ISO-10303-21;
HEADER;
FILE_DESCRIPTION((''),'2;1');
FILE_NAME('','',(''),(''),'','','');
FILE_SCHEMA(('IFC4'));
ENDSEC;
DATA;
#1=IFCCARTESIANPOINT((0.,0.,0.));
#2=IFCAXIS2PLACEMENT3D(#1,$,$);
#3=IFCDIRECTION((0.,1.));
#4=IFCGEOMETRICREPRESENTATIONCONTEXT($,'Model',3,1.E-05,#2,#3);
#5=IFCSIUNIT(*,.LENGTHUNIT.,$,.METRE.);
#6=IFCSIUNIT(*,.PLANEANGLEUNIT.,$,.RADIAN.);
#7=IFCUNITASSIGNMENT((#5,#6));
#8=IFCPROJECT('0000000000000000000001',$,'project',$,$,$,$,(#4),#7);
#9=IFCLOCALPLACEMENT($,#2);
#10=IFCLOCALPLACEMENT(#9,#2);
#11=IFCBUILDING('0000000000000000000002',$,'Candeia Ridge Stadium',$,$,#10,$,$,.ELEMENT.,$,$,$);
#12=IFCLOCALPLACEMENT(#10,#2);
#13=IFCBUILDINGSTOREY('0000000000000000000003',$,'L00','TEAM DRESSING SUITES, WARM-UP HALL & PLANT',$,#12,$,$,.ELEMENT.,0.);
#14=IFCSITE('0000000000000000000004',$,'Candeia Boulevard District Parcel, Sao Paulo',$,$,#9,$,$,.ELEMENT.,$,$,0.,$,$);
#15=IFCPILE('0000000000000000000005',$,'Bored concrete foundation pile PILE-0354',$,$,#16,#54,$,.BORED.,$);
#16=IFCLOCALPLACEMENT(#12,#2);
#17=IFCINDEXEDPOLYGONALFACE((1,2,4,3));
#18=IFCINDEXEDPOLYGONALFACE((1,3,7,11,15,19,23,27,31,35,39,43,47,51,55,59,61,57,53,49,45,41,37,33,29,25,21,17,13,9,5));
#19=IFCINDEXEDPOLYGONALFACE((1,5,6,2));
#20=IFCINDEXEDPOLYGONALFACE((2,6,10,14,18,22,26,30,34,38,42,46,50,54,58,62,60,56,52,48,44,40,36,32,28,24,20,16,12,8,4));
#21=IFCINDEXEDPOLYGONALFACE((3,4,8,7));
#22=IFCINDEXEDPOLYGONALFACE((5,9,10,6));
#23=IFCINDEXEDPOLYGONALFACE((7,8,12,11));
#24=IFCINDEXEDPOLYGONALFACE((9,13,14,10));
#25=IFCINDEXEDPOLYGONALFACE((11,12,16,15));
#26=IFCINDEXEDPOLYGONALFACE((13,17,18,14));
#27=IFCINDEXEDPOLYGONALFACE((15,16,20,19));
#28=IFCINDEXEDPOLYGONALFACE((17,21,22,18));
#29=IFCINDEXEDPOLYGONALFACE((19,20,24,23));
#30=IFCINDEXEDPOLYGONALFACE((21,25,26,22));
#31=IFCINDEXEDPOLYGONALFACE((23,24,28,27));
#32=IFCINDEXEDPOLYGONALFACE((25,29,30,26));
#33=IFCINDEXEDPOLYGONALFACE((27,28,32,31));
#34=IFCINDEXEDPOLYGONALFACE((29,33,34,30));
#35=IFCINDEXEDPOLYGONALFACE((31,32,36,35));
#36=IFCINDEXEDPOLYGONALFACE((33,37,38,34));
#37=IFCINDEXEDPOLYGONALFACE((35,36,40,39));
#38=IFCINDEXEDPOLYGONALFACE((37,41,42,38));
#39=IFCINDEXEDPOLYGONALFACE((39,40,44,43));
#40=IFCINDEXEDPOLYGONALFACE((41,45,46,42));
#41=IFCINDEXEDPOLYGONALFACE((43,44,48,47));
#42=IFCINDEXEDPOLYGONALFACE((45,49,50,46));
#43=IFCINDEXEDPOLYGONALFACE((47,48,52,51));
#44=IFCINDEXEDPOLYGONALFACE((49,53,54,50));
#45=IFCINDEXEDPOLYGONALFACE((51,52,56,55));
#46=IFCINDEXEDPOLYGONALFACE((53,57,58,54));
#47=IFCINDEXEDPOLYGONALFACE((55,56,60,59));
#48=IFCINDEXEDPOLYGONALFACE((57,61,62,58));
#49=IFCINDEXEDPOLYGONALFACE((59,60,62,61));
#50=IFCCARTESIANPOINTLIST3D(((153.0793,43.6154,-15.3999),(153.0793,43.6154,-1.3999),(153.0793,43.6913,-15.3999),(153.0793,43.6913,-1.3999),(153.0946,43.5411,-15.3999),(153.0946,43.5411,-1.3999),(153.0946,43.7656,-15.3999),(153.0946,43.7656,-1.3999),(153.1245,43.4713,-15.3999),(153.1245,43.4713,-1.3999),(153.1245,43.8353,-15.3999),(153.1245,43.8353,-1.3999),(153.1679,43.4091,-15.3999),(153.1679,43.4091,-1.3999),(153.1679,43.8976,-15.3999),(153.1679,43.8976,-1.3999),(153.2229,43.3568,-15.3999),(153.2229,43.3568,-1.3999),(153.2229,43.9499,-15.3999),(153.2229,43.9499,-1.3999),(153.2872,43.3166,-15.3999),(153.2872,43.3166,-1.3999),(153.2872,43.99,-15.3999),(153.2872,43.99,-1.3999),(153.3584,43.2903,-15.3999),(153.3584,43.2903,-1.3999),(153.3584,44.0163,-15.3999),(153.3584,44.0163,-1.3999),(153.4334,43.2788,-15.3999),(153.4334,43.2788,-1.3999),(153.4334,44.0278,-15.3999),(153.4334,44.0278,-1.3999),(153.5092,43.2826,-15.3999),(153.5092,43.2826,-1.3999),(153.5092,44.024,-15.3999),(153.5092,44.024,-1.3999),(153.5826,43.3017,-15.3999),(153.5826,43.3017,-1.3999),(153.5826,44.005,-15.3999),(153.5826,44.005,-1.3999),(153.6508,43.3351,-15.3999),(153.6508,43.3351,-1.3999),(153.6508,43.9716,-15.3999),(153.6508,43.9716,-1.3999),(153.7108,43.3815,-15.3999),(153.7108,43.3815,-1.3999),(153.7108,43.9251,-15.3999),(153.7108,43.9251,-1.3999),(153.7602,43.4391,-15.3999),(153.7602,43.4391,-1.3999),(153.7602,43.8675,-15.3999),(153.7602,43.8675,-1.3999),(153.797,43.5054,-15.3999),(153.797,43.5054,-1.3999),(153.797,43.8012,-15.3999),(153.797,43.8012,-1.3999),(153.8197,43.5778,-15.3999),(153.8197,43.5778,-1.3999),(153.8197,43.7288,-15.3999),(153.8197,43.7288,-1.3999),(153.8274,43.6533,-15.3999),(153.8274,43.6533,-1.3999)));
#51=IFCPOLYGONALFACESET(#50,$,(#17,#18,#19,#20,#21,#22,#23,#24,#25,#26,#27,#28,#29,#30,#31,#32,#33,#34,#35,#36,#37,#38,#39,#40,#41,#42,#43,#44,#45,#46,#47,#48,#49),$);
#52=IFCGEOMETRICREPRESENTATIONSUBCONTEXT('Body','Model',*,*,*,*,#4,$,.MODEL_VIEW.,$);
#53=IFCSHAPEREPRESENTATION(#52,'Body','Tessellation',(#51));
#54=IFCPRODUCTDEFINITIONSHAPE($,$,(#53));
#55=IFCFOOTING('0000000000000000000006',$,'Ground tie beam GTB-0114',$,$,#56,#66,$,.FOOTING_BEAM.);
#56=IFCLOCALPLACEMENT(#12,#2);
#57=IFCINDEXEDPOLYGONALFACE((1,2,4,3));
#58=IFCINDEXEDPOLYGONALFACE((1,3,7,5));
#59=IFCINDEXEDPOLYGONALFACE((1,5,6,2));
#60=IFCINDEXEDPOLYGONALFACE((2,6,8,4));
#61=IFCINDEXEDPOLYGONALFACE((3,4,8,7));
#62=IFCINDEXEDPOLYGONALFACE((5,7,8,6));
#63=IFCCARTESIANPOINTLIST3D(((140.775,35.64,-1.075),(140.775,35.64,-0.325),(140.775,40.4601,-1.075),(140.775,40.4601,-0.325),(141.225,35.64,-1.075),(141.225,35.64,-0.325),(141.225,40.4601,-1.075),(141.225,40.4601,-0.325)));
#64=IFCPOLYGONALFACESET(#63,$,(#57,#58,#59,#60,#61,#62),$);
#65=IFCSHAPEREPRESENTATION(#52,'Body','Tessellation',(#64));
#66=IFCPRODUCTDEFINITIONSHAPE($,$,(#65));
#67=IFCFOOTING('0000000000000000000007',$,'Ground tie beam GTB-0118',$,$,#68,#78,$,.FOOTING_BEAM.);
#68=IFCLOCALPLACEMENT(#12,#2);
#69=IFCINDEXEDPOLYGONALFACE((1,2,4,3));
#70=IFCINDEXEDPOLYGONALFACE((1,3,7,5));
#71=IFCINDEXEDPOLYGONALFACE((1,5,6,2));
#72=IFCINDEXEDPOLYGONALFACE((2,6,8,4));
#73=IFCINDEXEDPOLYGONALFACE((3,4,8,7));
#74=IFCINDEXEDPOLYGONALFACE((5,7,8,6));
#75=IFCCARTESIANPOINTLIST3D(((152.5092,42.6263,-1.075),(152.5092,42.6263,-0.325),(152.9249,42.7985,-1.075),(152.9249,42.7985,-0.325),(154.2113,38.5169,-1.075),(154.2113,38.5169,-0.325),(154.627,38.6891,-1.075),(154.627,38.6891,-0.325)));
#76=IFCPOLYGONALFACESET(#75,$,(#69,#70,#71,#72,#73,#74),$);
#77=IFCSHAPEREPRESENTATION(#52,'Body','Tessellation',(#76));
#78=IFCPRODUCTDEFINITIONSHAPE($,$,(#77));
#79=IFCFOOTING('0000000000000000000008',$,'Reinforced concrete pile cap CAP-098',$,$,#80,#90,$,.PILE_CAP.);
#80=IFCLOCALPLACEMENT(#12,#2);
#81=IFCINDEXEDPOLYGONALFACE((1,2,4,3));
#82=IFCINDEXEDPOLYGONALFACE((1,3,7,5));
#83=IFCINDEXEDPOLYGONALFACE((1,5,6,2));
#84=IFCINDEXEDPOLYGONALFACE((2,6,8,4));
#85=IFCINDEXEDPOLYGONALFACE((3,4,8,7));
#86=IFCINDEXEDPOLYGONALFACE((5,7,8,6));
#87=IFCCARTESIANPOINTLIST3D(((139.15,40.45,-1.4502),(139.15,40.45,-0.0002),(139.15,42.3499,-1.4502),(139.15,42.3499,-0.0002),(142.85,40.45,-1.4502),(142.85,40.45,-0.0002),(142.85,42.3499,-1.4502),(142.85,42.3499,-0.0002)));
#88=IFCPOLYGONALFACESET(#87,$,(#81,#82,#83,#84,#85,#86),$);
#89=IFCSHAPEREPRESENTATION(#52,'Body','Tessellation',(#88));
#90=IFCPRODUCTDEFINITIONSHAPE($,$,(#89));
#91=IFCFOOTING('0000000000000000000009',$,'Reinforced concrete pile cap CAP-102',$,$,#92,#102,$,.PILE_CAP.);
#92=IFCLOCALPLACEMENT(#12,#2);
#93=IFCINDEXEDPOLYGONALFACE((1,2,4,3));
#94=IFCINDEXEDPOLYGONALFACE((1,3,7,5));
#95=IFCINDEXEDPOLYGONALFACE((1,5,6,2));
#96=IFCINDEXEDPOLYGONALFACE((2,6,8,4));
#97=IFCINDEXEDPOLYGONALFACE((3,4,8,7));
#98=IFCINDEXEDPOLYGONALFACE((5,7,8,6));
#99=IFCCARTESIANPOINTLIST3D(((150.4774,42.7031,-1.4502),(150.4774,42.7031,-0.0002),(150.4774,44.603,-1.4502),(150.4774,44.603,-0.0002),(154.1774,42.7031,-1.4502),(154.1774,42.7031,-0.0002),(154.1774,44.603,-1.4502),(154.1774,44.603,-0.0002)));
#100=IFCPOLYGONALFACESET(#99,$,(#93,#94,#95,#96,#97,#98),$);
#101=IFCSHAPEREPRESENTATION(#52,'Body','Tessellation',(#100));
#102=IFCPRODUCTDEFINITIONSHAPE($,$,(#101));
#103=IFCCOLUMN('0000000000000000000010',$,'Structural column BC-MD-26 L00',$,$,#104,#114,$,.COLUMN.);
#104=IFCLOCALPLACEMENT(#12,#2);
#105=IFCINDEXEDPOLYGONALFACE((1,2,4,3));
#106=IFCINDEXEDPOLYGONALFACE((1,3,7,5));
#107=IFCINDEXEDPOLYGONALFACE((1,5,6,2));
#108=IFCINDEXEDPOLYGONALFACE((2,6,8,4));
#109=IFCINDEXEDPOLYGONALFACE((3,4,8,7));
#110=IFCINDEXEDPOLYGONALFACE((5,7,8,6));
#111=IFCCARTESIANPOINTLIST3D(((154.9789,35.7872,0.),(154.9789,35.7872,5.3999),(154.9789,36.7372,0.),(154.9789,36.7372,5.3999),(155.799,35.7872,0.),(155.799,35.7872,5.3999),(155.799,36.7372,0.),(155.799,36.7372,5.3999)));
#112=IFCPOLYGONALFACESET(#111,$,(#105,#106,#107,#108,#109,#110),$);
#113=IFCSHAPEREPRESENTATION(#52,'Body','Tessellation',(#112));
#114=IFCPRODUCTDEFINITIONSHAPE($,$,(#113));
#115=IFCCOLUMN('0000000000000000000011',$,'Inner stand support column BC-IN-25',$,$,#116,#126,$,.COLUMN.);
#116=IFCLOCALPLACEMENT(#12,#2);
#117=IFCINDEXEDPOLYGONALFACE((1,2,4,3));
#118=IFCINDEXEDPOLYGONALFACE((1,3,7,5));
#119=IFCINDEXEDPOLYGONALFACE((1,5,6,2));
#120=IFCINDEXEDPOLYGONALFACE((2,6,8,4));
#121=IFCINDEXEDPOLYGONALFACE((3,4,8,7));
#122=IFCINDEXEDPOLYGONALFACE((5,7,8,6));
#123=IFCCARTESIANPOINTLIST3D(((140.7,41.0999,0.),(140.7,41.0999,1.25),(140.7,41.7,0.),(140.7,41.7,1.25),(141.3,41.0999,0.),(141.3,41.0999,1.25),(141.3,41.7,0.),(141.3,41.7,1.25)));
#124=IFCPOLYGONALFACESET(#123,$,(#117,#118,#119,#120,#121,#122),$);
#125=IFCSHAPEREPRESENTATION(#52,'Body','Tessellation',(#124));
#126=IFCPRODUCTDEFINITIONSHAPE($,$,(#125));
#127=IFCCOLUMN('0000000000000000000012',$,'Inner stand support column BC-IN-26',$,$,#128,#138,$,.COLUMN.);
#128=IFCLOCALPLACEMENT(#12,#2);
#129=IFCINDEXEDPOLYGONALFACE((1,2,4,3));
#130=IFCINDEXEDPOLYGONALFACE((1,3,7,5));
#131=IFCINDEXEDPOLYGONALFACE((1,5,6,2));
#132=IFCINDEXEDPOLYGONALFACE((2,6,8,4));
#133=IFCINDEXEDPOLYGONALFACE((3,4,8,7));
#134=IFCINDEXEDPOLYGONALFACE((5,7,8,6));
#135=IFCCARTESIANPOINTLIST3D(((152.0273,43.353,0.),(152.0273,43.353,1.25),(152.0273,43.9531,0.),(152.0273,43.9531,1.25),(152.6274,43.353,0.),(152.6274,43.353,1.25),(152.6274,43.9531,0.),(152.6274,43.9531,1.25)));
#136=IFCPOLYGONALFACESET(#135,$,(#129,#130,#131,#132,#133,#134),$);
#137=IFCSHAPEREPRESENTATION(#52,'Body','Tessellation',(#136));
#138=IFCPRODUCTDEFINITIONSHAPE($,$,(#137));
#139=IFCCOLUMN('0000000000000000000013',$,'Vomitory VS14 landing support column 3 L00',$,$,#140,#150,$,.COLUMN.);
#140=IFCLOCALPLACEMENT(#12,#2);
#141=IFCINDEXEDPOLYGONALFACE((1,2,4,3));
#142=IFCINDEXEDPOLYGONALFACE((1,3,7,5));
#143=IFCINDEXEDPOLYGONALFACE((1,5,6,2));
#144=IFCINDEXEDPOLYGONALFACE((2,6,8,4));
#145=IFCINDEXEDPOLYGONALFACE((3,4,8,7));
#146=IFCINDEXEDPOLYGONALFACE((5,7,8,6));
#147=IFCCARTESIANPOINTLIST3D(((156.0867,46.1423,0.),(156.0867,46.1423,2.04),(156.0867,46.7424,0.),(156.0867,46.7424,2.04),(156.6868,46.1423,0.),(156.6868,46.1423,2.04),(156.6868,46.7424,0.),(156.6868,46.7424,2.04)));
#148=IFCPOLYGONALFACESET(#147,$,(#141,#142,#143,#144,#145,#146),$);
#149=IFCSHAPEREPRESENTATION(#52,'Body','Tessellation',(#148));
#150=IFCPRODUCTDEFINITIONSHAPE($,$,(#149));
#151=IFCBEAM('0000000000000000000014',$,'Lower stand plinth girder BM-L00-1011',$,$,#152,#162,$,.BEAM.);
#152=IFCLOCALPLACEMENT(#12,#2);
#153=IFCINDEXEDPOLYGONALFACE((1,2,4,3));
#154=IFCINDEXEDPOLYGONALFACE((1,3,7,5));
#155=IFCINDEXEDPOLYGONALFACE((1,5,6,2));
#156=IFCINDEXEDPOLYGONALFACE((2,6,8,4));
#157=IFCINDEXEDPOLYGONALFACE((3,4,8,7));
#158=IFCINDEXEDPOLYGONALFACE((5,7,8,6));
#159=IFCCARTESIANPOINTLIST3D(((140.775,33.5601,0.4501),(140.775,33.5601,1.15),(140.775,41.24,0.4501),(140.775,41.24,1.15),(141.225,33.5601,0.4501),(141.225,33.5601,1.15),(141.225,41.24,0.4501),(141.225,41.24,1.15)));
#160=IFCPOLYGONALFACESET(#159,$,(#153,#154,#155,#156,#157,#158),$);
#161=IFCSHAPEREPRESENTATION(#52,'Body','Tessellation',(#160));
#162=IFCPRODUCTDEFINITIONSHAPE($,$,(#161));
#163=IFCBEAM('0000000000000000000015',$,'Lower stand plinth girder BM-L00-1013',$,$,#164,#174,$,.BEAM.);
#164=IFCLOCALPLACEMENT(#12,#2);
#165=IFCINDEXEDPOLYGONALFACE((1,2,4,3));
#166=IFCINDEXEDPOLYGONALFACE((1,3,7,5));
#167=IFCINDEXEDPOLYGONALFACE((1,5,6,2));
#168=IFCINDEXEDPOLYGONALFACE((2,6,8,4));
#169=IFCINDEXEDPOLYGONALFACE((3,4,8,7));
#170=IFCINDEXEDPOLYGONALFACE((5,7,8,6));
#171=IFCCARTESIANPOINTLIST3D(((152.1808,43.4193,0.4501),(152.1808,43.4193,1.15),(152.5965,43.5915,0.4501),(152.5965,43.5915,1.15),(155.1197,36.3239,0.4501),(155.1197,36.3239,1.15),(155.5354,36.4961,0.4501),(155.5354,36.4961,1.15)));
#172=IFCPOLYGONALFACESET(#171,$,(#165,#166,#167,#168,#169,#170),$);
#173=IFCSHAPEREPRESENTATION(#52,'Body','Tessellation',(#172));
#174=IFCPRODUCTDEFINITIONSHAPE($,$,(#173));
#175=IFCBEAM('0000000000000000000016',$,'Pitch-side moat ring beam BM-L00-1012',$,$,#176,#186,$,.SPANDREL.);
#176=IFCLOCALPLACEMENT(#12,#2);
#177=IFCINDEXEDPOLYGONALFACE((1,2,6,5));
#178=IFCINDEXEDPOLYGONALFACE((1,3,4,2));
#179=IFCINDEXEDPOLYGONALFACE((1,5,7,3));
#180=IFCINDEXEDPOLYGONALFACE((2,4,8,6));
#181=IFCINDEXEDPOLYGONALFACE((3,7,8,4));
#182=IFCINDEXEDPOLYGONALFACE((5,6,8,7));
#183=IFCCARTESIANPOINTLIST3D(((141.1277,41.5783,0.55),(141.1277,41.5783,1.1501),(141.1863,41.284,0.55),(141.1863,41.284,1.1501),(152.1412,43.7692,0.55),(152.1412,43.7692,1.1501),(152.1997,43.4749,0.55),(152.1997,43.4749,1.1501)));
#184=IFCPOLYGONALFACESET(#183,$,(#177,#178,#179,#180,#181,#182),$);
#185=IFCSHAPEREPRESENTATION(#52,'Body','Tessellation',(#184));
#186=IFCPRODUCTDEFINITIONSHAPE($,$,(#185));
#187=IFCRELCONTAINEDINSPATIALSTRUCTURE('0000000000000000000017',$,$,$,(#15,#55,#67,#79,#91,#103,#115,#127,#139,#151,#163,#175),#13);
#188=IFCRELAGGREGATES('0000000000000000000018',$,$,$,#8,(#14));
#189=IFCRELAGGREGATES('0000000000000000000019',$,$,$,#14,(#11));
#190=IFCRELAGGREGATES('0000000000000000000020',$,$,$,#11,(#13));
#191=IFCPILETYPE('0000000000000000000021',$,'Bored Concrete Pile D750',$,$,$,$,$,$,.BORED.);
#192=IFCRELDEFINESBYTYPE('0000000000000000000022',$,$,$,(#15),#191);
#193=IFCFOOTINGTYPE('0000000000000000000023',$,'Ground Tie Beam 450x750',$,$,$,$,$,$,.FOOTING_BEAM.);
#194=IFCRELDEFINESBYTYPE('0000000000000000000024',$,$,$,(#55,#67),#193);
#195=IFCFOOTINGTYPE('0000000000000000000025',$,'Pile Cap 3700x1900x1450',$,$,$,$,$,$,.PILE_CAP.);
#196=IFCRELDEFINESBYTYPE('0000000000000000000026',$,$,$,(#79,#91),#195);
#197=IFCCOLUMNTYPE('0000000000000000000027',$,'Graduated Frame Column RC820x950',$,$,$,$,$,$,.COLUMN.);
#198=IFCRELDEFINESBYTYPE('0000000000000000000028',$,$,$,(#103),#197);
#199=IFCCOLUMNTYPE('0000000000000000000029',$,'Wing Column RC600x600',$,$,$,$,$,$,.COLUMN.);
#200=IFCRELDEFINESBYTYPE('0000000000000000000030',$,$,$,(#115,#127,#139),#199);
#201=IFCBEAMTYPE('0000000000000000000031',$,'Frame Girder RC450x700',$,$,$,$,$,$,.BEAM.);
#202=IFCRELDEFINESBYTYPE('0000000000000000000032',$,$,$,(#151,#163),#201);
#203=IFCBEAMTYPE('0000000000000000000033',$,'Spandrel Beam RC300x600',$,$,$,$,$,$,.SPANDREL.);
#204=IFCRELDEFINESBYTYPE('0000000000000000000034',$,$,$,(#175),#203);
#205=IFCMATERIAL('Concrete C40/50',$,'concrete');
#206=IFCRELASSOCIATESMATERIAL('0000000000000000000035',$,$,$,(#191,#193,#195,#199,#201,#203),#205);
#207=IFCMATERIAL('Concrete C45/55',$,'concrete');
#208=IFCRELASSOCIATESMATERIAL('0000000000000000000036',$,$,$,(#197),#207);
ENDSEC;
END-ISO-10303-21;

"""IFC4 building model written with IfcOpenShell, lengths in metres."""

from ifc_helpers import new_model, si_unit, direction, frame, origin, origin_2d, place, context, subcontext, project, spatial, rectangle, circle, extrude, material, material_profile, profile_set, type_object, element, save


model = new_model("IFC4")

# Units and contexts
model_context = context("Model", 3, precision=1e-05, world=origin(), true_north=direction((0.0, 1.0)))
body_context = subcontext(model_context, "Body", "Model", "MODEL_VIEW")
ifc_project = project(units=[si_unit("LENGTHUNIT", "METRE"), si_unit("PLANEANGLEUNIT", "RADIAN")], contexts=[model_context])

# Site, building, storey
site_placement = place(None, origin())
site = spatial("IfcSite", under=ifc_project, at=site_placement, Name="Candeia Boulevard District Parcel, Sao Paulo", CompositionType="ELEMENT", RefElevation=0.0)
building_placement = place(site_placement, origin())
building = spatial("IfcBuilding", under=site, at=building_placement, Name="Candeia Ridge Stadium", CompositionType="ELEMENT")
storey_placement = place(building_placement, origin())
storey = spatial("IfcBuildingStorey", under=building, at=storey_placement, Name="L00", Description="TEAM DRESSING SUITES, WARM-UP HALL & PLANT", CompositionType="ELEMENT", Elevation=0.0)

# Pile
ifc_material_1 = material(Name="Concrete C40/50", Category="concrete")
ifc_material_profile_1 = material_profile(ifc_material_1, circle(Radius=0.375, at=origin_2d()), Name="PILE-D750", Category="concrete")
ifc_profile_set_1 = profile_set([ifc_material_profile_1], Name="Concrete C40/50")
pile_type_1 = type_object("IfcPileType", Name="Bored Concrete Pile D750", PredefinedType="BORED", material=ifc_profile_set_1)
for number, where, z_axis, x_axis, name in (
    (1, (153.4524, 43.6533, -1.3999), (0.0, 0.0, -1.0), (1.0, 0.0, 0.0), "Bored concrete foundation pile PILE-0354"),
):
    element("IfcPile", number, at=place(storey_placement, frame(where, z_axis=z_axis, x_axis=x_axis)), inside=storey, type_object=pile_type_1, Name=name, PredefinedType="BORED", context=body_context, shape_type="SweptSolid", body=[
        extrude(circle(Radius=0.375, at=origin_2d()), origin(), (0.0, 0.0, 1.0), 14.0),
    ])

# Footings
footing_type_1 = type_object("IfcFootingType", Name="Ground Tie Beam 450x750", PredefinedType="FOOTING_BEAM", material=ifc_material_1)
footing_1_placement = place(storey_placement, frame((141.0, 38.05, -1.075), z_axis=(0.0, 0.0, 1.0), x_axis=(0.0, -1.0, 0.0)))
element("IfcFooting", 2, at=footing_1_placement, inside=storey, type_object=footing_type_1, Name="Ground tie beam GTB-0114", PredefinedType="FOOTING_BEAM", context=body_context, shape_type="SweptSolid", body=[
    extrude(rectangle(XDim=4.8201, YDim=0.45, at=origin_2d()), origin(), (0.0, 0.0, 1.0), 0.75),
])
footing_2_placement = place(storey_placement, frame((153.5681, 40.6577, -1.075), z_axis=(0.0, 0.0, 1.0), x_axis=(0.382681, -0.92388, 0.0)))
element("IfcFooting", 3, at=footing_2_placement, inside=storey, type_object=footing_type_1, Name="Ground tie beam GTB-0118", PredefinedType="FOOTING_BEAM", context=body_context, shape_type="SweptSolid", body=[
    extrude(rectangle(XDim=4.448, YDim=0.45, at=origin_2d()), origin(), (0.0, 0.0, 1.0), 0.75),
])
footing_type_2 = type_object("IfcFootingType", Name="Pile Cap 3700x1900x1450", PredefinedType="PILE_CAP", material=ifc_material_1)
for number, where, z_axis, x_axis, name in (
    (4, (141.0, 41.3999, -1.4502), (0.0, 0.0, 1.0), (1.0, 0.0, 0.0), "Reinforced concrete pile cap CAP-098"),
    (5, (152.3274, 43.6531, -1.4502), (0.0, 0.0, 1.0), (1.0, 0.0, 0.0), "Reinforced concrete pile cap CAP-102"),
):
    element("IfcFooting", number, at=place(storey_placement, frame(where, z_axis=z_axis, x_axis=x_axis)), inside=storey, type_object=footing_type_2, Name=name, PredefinedType="PILE_CAP", context=body_context, shape_type="SweptSolid", body=[
        extrude(rectangle(XDim=3.7, YDim=1.8999, at=origin_2d()), origin(), (0.0, 0.0, 1.0), 1.45),
    ])

# Columns
ifc_material_2 = material(Name="Concrete C45/55", Category="concrete")
ifc_material_profile_2 = material_profile(ifc_material_2, rectangle(XDim=0.8201, YDim=0.95, at=origin_2d()), Name="RC820x950", Category="concrete")
ifc_profile_set_2 = profile_set([ifc_material_profile_2], Name="Concrete C45/55")
column_type_1 = type_object("IfcColumnType", Name="Graduated Frame Column RC820x950", PredefinedType="COLUMN", material=ifc_profile_set_2)
column_1_placement = place(storey_placement, frame((155.3889, 36.2622, 0.0), z_axis=(0.0, 0.0, 1.0), x_axis=(1.0, 0.0, 0.0)))
element("IfcColumn", 6, at=column_1_placement, inside=storey, type_object=column_type_1, Name="Structural column BC-MD-26 L00", PredefinedType="COLUMN", context=body_context, shape_type="SweptSolid", body=[
    extrude(rectangle(XDim=0.8201, YDim=0.95, at=origin_2d()), origin(), (0.0, 0.0, 1.0), 5.3999),
])
ifc_material_profile_3 = material_profile(ifc_material_1, rectangle(XDim=0.6001, YDim=0.6001, at=origin_2d()), Name="RC600x600", Category="concrete")
ifc_profile_set_3 = profile_set([ifc_material_profile_3], Name="Concrete C40/50")
column_type_2 = type_object("IfcColumnType", Name="Wing Column RC600x600", PredefinedType="COLUMN", material=ifc_profile_set_3)
for number, where, z_axis, x_axis, name in (
    (7, (141.0, 41.3999, 0.0), (0.0, 0.0, 1.0), (1.0, 0.0, 0.0), "Inner stand support column BC-IN-25"),
    (8, (152.3274, 43.6531, 0.0), (0.0, 0.0, 1.0), (1.0, 0.0, 0.0), "Inner stand support column BC-IN-26"),
):
    element("IfcColumn", number, at=place(storey_placement, frame(where, z_axis=z_axis, x_axis=x_axis)), inside=storey, type_object=column_type_2, Name=name, PredefinedType="COLUMN", context=body_context, shape_type="SweptSolid", body=[
        extrude(rectangle(XDim=0.6001, YDim=0.6001, at=origin_2d()), origin(), (0.0, 0.0, 1.0), 1.25),
    ])
column_2_placement = place(storey_placement, frame((156.3867, 46.4424, 0.0), z_axis=(0.0, 0.0, 1.0), x_axis=(1.0, 0.0, 0.0)))
element("IfcColumn", 9, at=column_2_placement, inside=storey, type_object=column_type_2, Name="Vomitory VS14 landing support column 3 L00", PredefinedType="COLUMN", context=body_context, shape_type="SweptSolid", body=[
    extrude(rectangle(XDim=0.6001, YDim=0.6001, at=origin_2d()), origin(), (0.0, 0.0, 1.0), 2.04),
])

# Beams
ifc_material_profile_4 = material_profile(ifc_material_1, rectangle(XDim=0.45, YDim=0.7, at=origin_2d()), Name="RC450x700", Category="concrete")
ifc_profile_set_4 = profile_set([ifc_material_profile_4], Name="Concrete C40/50")
beam_type_1 = type_object("IfcBeamType", Name="Frame Girder RC450x700", PredefinedType="BEAM", material=ifc_profile_set_4)
for number, where, z_axis, x_axis, name in (
    (10, (141.0, 41.24, 0.8), (0.0, -1.0, 0.0), (1.0, 0.0, 0.0), "Lower stand plinth girder BM-L00-1011"),
    (11, (152.3887, 43.5054, 0.8), (0.382676, -0.923883, 0.0), (0.923883, 0.382676, 0.0), "Lower stand plinth girder BM-L00-1013"),
):
    element("IfcBeam", number, at=place(storey_placement, frame(where, z_axis=z_axis, x_axis=x_axis)), inside=storey, type_object=beam_type_1, Name=name, PredefinedType="BEAM", context=body_context, shape_type="SweptSolid", body=[
        extrude(rectangle(XDim=0.45, YDim=0.7, at=origin_2d()), origin(), (0.0, 0.0, 1.0), 7.6799),
    ])
ifc_material_profile_5 = material_profile(ifc_material_1, rectangle(XDim=0.3, YDim=0.6001, at=origin_2d()), Name="RC300x600", Category="concrete")
ifc_profile_set_5 = profile_set([ifc_material_profile_5], Name="Concrete C40/50")
beam_type_2 = type_object("IfcBeamType", Name="Spandrel Beam RC300x600", PredefinedType="SPANDREL", material=ifc_profile_set_5)
beam_1_placement = place(storey_placement, frame((141.157, 41.4312, 0.8501), z_axis=(0.980782, 0.195108, 0.0), x_axis=(-0.195108, 0.980782, 0.0)))
element("IfcBeam", 12, at=beam_1_placement, inside=storey, type_object=beam_type_2, Name="Pitch-side moat ring beam BM-L00-1012", PredefinedType="SPANDREL", context=body_context, shape_type="SweptSolid", body=[
    extrude(rectangle(XDim=0.3, YDim=0.6001, at=origin_2d()), origin(), (0.0, 0.0, 1.0), 11.2292),
])

save(model, "model.ifc")
